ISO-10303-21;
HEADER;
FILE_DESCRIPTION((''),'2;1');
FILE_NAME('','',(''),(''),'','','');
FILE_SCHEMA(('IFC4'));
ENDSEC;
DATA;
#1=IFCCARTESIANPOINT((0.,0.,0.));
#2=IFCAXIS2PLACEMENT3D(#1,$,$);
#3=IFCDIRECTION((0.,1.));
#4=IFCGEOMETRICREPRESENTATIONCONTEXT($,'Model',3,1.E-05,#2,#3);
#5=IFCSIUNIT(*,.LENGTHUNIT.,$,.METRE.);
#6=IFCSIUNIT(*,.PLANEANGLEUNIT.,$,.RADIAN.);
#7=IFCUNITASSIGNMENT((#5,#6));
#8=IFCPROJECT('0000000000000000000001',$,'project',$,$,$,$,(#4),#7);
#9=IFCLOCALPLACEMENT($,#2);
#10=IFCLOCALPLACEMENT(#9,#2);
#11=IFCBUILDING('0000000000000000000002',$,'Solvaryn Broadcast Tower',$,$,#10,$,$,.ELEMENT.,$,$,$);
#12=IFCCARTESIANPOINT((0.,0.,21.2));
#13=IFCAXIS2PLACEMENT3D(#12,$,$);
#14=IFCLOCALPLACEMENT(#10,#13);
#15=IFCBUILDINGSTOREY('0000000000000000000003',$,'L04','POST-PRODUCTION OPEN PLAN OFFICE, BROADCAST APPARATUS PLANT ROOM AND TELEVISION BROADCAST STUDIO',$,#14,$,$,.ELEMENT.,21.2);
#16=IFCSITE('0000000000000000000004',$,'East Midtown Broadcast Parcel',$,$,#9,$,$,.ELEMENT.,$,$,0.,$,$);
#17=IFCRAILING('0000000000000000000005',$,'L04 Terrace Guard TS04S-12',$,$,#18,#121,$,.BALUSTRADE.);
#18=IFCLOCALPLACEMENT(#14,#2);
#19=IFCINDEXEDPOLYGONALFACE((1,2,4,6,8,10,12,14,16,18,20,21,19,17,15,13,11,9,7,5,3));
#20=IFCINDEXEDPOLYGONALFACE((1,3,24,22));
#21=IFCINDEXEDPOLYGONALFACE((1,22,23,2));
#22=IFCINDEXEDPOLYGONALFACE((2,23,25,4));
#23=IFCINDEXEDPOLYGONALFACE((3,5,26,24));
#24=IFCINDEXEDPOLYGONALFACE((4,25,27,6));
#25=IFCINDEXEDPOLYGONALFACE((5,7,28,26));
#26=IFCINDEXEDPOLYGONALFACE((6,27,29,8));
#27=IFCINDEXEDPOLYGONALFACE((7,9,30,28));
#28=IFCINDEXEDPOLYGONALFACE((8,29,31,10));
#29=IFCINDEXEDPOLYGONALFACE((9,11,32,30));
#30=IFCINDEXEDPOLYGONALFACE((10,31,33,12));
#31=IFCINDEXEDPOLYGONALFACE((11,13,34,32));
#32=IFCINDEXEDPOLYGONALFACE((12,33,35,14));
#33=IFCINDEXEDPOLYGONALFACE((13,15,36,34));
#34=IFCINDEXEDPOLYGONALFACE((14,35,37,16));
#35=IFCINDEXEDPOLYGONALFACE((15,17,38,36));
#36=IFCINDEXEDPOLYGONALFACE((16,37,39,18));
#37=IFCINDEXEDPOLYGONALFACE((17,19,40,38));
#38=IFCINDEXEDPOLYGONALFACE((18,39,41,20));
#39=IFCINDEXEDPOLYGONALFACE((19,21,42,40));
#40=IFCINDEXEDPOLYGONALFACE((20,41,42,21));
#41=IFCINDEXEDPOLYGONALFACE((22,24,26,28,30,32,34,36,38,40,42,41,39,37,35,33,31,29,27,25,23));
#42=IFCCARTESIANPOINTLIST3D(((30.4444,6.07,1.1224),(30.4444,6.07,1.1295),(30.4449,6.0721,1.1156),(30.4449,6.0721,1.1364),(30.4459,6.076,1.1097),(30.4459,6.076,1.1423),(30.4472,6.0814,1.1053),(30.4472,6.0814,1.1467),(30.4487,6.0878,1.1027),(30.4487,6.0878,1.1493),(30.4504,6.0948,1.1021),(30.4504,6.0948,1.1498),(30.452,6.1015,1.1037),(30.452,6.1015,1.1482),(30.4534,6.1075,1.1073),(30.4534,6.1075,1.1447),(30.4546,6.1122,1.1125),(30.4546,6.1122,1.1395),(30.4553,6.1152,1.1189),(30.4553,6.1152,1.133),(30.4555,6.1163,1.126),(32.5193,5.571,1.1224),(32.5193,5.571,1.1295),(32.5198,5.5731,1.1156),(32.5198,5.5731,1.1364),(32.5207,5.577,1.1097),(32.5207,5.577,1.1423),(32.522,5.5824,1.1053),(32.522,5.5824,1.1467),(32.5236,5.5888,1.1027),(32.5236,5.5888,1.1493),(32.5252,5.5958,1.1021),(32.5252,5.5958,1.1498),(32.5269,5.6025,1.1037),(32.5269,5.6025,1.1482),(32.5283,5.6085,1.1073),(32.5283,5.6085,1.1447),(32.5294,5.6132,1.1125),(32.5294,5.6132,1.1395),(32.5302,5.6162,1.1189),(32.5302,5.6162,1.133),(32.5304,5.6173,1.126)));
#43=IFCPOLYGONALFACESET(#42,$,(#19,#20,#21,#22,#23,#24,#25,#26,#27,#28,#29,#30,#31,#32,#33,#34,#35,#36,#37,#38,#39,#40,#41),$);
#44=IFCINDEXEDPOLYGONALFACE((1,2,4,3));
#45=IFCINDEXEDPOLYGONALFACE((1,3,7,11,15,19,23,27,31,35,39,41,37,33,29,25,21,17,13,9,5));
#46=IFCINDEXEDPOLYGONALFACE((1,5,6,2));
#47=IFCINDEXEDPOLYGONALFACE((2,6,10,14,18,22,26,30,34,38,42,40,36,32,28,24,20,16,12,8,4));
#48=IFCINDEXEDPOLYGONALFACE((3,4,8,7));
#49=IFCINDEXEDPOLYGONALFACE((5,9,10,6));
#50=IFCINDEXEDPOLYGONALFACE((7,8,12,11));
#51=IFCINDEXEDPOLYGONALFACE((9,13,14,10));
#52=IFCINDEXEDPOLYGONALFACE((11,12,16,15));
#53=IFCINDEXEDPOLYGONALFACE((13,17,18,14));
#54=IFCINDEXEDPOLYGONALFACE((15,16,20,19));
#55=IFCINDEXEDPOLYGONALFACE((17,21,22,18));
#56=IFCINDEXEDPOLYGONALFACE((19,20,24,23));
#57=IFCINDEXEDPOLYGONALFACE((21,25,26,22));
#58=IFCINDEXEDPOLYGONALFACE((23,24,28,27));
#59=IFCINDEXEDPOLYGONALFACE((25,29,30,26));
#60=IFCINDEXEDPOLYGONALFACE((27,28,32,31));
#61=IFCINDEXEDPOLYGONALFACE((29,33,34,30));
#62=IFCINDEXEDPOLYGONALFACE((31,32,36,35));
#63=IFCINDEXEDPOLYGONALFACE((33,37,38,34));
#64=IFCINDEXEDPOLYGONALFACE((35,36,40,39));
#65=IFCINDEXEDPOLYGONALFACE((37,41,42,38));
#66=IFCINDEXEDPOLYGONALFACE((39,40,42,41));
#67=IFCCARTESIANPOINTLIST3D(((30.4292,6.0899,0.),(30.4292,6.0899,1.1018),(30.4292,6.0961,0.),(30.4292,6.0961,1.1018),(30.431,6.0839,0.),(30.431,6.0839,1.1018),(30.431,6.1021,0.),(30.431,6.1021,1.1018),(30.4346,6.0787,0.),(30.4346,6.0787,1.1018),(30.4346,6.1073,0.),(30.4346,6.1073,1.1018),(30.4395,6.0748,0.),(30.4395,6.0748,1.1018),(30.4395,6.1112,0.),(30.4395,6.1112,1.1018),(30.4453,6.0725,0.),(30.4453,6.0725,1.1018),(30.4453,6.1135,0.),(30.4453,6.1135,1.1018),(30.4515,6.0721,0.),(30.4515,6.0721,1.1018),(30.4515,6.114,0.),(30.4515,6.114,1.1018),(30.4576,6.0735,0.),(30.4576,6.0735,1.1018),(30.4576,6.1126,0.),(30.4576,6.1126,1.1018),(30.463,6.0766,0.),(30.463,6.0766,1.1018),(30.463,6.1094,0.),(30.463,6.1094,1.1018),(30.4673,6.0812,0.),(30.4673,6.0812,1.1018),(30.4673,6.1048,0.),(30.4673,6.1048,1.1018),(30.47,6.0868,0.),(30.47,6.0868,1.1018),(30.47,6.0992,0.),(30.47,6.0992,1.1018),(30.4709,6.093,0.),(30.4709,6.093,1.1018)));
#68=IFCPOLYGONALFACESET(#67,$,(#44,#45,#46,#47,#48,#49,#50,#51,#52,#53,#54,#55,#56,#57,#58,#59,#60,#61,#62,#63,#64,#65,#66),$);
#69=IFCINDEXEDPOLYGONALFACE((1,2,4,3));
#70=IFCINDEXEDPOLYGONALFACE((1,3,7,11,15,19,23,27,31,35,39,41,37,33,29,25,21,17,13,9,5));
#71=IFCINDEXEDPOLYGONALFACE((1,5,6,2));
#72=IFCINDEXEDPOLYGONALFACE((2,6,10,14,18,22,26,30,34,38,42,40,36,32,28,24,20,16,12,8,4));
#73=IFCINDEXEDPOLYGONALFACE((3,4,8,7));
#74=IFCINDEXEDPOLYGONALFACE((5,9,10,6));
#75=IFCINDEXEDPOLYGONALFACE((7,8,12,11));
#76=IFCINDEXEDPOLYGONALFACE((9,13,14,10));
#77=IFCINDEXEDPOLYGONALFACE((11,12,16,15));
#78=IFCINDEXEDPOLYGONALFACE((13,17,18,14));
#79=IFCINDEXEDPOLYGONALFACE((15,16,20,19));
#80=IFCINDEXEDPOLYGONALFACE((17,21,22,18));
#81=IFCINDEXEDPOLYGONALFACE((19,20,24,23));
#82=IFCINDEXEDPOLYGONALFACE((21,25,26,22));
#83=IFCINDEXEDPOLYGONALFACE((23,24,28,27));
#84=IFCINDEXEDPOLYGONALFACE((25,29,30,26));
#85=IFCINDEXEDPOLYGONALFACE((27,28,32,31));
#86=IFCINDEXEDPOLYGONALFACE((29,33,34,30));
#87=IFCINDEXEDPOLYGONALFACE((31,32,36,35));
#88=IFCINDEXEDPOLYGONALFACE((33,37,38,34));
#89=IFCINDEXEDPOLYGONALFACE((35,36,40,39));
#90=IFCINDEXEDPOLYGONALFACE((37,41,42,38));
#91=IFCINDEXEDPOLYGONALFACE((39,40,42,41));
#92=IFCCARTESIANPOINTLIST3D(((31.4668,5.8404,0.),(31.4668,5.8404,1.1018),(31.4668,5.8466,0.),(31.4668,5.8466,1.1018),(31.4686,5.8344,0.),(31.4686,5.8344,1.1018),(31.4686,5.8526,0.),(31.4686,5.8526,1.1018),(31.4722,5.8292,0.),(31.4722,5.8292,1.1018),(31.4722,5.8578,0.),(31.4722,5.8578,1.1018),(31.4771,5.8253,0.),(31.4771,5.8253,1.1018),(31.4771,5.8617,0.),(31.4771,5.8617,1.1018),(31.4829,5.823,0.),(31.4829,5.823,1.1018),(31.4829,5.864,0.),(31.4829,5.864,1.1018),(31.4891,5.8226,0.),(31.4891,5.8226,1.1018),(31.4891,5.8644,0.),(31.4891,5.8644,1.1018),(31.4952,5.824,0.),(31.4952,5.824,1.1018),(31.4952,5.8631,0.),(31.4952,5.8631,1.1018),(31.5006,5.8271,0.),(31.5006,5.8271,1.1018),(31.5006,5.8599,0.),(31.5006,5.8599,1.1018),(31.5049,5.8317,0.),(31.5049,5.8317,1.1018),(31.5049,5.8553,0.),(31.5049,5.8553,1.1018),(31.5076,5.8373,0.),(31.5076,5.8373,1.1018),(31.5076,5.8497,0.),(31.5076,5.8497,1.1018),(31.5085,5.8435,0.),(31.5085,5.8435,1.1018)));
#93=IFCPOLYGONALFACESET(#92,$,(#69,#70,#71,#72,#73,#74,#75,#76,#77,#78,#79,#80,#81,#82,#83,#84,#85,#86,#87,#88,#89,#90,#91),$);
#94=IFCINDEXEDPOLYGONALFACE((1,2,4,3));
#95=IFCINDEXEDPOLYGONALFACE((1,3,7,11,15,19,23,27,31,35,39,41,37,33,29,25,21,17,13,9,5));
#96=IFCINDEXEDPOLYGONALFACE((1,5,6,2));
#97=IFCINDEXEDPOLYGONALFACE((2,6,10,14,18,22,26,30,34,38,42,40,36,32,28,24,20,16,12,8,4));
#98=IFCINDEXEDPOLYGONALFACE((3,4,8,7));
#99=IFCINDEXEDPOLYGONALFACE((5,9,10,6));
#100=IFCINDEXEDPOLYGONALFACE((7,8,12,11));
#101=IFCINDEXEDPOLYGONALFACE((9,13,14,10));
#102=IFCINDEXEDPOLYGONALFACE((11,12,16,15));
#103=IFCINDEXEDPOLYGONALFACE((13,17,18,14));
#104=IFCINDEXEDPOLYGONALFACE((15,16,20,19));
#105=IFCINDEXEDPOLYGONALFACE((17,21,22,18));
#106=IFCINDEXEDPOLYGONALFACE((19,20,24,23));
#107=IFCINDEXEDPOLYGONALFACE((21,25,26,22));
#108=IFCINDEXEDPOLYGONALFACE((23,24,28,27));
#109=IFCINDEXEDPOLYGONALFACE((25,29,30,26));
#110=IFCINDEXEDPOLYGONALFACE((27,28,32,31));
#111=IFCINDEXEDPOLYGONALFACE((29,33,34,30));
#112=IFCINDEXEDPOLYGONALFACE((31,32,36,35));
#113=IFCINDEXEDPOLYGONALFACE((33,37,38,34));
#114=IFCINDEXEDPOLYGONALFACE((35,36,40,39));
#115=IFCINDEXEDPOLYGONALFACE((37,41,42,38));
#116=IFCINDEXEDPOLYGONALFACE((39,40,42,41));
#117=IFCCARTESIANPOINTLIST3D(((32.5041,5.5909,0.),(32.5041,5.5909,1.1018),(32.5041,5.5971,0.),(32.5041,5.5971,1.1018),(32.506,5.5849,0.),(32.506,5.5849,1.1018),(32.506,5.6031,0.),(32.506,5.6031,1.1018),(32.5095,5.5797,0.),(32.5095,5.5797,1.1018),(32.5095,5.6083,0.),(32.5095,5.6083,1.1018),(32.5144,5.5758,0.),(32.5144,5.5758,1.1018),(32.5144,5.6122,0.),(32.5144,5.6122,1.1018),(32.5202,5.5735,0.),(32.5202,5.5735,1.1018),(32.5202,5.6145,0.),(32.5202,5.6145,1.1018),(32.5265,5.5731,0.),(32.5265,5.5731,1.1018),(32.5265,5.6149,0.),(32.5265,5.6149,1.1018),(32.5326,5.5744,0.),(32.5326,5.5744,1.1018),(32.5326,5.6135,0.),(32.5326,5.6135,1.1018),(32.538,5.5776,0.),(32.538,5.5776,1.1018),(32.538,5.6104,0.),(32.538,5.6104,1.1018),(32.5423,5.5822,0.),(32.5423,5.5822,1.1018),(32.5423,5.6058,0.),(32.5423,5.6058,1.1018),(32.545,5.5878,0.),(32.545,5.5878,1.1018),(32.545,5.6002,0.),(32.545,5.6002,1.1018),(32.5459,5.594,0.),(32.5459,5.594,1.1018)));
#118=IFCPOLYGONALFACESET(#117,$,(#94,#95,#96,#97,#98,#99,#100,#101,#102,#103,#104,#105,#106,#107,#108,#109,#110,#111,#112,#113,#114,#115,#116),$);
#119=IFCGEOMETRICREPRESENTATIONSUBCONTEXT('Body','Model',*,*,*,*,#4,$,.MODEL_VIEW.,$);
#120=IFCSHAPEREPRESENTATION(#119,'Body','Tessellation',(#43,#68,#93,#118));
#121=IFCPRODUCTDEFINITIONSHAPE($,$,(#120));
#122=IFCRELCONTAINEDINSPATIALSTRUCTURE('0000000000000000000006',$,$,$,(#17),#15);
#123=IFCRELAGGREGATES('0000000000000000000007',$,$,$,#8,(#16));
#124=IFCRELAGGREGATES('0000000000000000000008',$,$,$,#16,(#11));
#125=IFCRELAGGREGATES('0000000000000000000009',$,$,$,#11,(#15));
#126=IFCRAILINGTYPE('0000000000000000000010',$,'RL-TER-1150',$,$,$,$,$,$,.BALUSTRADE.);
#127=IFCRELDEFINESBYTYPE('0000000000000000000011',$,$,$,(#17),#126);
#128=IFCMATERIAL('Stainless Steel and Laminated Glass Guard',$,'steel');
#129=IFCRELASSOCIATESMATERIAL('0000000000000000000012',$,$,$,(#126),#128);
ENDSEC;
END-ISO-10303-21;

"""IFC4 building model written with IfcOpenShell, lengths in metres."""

from ifc_helpers import new_model, si_unit, direction, frame, origin, origin_2d, place, context, subcontext, project, spatial, circle, extrude, material, type_object, element, save


model = new_model("IFC4")

# Units and contexts
model_context = context("Model", 3, precision=1e-05, world=origin(), true_north=direction((0.0, 1.0)))
body_context = subcontext(model_context, "Body", "Model", "MODEL_VIEW")
ifc_project = project(units=[si_unit("LENGTHUNIT", "METRE"), si_unit("PLANEANGLEUNIT", "RADIAN")], contexts=[model_context])

# Site, building, storey
site_placement = place(None, origin())
site = spatial("IfcSite", under=ifc_project, at=site_placement, Name="East Midtown Broadcast Parcel", CompositionType="ELEMENT", RefElevation=0.0)
building_placement = place(site_placement, origin())
building = spatial("IfcBuilding", under=site, at=building_placement, Name="Solvaryn Broadcast Tower", CompositionType="ELEMENT")
storey_placement = place(building_placement, frame((0.0, 0.0, 21.2)))
storey = spatial("IfcBuildingStorey", under=building, at=storey_placement, Name="L04", Description="POST-PRODUCTION OPEN PLAN OFFICE, BROADCAST APPARATUS PLANT ROOM AND TELEVISION BROADCAST STUDIO", CompositionType="ELEMENT", Elevation=21.2)

# Railing
ifc_material_1 = material(Name="Stainless Steel and Laminated Glass Guard", Category="steel")
railing_type = type_object("IfcRailingType", Name="RL-TER-1150", PredefinedType="BALUSTRADE", material=ifc_material_1)
railing_1_placement = place(storey_placement, frame((30.45, 6.093, 0.0)))
element("IfcRailing", 1, at=railing_1_placement, inside=storey, type_object=railing_type, Name="L04 Terrace Guard TS04S-12", PredefinedType="BALUSTRADE", context=body_context, shape_type="SweptSolid", body=[
    extrude(circle(Radius=0.0239, at=origin_2d()), frame((0.0, 0.0, 1.126), z_axis=(0.972277, -0.233832, 0.0), x_axis=(0.233832, 0.972277, 0.0)), (0.0, 0.0, 1.0), 2.134),
    extrude(circle(Radius=0.021, at=origin_2d()), origin(), (0.0, 0.0, 1.0), 1.1018),
    extrude(circle(Radius=0.021, at=origin_2d()), frame((1.0376, -0.2495, 0.0)), (0.0, 0.0, 1.0), 1.1018),
    extrude(circle(Radius=0.021, at=origin_2d()), frame((2.075, -0.499, 0.0)), (0.0, 0.0, 1.0), 1.1018),
])

save(model, "model.ifc")
